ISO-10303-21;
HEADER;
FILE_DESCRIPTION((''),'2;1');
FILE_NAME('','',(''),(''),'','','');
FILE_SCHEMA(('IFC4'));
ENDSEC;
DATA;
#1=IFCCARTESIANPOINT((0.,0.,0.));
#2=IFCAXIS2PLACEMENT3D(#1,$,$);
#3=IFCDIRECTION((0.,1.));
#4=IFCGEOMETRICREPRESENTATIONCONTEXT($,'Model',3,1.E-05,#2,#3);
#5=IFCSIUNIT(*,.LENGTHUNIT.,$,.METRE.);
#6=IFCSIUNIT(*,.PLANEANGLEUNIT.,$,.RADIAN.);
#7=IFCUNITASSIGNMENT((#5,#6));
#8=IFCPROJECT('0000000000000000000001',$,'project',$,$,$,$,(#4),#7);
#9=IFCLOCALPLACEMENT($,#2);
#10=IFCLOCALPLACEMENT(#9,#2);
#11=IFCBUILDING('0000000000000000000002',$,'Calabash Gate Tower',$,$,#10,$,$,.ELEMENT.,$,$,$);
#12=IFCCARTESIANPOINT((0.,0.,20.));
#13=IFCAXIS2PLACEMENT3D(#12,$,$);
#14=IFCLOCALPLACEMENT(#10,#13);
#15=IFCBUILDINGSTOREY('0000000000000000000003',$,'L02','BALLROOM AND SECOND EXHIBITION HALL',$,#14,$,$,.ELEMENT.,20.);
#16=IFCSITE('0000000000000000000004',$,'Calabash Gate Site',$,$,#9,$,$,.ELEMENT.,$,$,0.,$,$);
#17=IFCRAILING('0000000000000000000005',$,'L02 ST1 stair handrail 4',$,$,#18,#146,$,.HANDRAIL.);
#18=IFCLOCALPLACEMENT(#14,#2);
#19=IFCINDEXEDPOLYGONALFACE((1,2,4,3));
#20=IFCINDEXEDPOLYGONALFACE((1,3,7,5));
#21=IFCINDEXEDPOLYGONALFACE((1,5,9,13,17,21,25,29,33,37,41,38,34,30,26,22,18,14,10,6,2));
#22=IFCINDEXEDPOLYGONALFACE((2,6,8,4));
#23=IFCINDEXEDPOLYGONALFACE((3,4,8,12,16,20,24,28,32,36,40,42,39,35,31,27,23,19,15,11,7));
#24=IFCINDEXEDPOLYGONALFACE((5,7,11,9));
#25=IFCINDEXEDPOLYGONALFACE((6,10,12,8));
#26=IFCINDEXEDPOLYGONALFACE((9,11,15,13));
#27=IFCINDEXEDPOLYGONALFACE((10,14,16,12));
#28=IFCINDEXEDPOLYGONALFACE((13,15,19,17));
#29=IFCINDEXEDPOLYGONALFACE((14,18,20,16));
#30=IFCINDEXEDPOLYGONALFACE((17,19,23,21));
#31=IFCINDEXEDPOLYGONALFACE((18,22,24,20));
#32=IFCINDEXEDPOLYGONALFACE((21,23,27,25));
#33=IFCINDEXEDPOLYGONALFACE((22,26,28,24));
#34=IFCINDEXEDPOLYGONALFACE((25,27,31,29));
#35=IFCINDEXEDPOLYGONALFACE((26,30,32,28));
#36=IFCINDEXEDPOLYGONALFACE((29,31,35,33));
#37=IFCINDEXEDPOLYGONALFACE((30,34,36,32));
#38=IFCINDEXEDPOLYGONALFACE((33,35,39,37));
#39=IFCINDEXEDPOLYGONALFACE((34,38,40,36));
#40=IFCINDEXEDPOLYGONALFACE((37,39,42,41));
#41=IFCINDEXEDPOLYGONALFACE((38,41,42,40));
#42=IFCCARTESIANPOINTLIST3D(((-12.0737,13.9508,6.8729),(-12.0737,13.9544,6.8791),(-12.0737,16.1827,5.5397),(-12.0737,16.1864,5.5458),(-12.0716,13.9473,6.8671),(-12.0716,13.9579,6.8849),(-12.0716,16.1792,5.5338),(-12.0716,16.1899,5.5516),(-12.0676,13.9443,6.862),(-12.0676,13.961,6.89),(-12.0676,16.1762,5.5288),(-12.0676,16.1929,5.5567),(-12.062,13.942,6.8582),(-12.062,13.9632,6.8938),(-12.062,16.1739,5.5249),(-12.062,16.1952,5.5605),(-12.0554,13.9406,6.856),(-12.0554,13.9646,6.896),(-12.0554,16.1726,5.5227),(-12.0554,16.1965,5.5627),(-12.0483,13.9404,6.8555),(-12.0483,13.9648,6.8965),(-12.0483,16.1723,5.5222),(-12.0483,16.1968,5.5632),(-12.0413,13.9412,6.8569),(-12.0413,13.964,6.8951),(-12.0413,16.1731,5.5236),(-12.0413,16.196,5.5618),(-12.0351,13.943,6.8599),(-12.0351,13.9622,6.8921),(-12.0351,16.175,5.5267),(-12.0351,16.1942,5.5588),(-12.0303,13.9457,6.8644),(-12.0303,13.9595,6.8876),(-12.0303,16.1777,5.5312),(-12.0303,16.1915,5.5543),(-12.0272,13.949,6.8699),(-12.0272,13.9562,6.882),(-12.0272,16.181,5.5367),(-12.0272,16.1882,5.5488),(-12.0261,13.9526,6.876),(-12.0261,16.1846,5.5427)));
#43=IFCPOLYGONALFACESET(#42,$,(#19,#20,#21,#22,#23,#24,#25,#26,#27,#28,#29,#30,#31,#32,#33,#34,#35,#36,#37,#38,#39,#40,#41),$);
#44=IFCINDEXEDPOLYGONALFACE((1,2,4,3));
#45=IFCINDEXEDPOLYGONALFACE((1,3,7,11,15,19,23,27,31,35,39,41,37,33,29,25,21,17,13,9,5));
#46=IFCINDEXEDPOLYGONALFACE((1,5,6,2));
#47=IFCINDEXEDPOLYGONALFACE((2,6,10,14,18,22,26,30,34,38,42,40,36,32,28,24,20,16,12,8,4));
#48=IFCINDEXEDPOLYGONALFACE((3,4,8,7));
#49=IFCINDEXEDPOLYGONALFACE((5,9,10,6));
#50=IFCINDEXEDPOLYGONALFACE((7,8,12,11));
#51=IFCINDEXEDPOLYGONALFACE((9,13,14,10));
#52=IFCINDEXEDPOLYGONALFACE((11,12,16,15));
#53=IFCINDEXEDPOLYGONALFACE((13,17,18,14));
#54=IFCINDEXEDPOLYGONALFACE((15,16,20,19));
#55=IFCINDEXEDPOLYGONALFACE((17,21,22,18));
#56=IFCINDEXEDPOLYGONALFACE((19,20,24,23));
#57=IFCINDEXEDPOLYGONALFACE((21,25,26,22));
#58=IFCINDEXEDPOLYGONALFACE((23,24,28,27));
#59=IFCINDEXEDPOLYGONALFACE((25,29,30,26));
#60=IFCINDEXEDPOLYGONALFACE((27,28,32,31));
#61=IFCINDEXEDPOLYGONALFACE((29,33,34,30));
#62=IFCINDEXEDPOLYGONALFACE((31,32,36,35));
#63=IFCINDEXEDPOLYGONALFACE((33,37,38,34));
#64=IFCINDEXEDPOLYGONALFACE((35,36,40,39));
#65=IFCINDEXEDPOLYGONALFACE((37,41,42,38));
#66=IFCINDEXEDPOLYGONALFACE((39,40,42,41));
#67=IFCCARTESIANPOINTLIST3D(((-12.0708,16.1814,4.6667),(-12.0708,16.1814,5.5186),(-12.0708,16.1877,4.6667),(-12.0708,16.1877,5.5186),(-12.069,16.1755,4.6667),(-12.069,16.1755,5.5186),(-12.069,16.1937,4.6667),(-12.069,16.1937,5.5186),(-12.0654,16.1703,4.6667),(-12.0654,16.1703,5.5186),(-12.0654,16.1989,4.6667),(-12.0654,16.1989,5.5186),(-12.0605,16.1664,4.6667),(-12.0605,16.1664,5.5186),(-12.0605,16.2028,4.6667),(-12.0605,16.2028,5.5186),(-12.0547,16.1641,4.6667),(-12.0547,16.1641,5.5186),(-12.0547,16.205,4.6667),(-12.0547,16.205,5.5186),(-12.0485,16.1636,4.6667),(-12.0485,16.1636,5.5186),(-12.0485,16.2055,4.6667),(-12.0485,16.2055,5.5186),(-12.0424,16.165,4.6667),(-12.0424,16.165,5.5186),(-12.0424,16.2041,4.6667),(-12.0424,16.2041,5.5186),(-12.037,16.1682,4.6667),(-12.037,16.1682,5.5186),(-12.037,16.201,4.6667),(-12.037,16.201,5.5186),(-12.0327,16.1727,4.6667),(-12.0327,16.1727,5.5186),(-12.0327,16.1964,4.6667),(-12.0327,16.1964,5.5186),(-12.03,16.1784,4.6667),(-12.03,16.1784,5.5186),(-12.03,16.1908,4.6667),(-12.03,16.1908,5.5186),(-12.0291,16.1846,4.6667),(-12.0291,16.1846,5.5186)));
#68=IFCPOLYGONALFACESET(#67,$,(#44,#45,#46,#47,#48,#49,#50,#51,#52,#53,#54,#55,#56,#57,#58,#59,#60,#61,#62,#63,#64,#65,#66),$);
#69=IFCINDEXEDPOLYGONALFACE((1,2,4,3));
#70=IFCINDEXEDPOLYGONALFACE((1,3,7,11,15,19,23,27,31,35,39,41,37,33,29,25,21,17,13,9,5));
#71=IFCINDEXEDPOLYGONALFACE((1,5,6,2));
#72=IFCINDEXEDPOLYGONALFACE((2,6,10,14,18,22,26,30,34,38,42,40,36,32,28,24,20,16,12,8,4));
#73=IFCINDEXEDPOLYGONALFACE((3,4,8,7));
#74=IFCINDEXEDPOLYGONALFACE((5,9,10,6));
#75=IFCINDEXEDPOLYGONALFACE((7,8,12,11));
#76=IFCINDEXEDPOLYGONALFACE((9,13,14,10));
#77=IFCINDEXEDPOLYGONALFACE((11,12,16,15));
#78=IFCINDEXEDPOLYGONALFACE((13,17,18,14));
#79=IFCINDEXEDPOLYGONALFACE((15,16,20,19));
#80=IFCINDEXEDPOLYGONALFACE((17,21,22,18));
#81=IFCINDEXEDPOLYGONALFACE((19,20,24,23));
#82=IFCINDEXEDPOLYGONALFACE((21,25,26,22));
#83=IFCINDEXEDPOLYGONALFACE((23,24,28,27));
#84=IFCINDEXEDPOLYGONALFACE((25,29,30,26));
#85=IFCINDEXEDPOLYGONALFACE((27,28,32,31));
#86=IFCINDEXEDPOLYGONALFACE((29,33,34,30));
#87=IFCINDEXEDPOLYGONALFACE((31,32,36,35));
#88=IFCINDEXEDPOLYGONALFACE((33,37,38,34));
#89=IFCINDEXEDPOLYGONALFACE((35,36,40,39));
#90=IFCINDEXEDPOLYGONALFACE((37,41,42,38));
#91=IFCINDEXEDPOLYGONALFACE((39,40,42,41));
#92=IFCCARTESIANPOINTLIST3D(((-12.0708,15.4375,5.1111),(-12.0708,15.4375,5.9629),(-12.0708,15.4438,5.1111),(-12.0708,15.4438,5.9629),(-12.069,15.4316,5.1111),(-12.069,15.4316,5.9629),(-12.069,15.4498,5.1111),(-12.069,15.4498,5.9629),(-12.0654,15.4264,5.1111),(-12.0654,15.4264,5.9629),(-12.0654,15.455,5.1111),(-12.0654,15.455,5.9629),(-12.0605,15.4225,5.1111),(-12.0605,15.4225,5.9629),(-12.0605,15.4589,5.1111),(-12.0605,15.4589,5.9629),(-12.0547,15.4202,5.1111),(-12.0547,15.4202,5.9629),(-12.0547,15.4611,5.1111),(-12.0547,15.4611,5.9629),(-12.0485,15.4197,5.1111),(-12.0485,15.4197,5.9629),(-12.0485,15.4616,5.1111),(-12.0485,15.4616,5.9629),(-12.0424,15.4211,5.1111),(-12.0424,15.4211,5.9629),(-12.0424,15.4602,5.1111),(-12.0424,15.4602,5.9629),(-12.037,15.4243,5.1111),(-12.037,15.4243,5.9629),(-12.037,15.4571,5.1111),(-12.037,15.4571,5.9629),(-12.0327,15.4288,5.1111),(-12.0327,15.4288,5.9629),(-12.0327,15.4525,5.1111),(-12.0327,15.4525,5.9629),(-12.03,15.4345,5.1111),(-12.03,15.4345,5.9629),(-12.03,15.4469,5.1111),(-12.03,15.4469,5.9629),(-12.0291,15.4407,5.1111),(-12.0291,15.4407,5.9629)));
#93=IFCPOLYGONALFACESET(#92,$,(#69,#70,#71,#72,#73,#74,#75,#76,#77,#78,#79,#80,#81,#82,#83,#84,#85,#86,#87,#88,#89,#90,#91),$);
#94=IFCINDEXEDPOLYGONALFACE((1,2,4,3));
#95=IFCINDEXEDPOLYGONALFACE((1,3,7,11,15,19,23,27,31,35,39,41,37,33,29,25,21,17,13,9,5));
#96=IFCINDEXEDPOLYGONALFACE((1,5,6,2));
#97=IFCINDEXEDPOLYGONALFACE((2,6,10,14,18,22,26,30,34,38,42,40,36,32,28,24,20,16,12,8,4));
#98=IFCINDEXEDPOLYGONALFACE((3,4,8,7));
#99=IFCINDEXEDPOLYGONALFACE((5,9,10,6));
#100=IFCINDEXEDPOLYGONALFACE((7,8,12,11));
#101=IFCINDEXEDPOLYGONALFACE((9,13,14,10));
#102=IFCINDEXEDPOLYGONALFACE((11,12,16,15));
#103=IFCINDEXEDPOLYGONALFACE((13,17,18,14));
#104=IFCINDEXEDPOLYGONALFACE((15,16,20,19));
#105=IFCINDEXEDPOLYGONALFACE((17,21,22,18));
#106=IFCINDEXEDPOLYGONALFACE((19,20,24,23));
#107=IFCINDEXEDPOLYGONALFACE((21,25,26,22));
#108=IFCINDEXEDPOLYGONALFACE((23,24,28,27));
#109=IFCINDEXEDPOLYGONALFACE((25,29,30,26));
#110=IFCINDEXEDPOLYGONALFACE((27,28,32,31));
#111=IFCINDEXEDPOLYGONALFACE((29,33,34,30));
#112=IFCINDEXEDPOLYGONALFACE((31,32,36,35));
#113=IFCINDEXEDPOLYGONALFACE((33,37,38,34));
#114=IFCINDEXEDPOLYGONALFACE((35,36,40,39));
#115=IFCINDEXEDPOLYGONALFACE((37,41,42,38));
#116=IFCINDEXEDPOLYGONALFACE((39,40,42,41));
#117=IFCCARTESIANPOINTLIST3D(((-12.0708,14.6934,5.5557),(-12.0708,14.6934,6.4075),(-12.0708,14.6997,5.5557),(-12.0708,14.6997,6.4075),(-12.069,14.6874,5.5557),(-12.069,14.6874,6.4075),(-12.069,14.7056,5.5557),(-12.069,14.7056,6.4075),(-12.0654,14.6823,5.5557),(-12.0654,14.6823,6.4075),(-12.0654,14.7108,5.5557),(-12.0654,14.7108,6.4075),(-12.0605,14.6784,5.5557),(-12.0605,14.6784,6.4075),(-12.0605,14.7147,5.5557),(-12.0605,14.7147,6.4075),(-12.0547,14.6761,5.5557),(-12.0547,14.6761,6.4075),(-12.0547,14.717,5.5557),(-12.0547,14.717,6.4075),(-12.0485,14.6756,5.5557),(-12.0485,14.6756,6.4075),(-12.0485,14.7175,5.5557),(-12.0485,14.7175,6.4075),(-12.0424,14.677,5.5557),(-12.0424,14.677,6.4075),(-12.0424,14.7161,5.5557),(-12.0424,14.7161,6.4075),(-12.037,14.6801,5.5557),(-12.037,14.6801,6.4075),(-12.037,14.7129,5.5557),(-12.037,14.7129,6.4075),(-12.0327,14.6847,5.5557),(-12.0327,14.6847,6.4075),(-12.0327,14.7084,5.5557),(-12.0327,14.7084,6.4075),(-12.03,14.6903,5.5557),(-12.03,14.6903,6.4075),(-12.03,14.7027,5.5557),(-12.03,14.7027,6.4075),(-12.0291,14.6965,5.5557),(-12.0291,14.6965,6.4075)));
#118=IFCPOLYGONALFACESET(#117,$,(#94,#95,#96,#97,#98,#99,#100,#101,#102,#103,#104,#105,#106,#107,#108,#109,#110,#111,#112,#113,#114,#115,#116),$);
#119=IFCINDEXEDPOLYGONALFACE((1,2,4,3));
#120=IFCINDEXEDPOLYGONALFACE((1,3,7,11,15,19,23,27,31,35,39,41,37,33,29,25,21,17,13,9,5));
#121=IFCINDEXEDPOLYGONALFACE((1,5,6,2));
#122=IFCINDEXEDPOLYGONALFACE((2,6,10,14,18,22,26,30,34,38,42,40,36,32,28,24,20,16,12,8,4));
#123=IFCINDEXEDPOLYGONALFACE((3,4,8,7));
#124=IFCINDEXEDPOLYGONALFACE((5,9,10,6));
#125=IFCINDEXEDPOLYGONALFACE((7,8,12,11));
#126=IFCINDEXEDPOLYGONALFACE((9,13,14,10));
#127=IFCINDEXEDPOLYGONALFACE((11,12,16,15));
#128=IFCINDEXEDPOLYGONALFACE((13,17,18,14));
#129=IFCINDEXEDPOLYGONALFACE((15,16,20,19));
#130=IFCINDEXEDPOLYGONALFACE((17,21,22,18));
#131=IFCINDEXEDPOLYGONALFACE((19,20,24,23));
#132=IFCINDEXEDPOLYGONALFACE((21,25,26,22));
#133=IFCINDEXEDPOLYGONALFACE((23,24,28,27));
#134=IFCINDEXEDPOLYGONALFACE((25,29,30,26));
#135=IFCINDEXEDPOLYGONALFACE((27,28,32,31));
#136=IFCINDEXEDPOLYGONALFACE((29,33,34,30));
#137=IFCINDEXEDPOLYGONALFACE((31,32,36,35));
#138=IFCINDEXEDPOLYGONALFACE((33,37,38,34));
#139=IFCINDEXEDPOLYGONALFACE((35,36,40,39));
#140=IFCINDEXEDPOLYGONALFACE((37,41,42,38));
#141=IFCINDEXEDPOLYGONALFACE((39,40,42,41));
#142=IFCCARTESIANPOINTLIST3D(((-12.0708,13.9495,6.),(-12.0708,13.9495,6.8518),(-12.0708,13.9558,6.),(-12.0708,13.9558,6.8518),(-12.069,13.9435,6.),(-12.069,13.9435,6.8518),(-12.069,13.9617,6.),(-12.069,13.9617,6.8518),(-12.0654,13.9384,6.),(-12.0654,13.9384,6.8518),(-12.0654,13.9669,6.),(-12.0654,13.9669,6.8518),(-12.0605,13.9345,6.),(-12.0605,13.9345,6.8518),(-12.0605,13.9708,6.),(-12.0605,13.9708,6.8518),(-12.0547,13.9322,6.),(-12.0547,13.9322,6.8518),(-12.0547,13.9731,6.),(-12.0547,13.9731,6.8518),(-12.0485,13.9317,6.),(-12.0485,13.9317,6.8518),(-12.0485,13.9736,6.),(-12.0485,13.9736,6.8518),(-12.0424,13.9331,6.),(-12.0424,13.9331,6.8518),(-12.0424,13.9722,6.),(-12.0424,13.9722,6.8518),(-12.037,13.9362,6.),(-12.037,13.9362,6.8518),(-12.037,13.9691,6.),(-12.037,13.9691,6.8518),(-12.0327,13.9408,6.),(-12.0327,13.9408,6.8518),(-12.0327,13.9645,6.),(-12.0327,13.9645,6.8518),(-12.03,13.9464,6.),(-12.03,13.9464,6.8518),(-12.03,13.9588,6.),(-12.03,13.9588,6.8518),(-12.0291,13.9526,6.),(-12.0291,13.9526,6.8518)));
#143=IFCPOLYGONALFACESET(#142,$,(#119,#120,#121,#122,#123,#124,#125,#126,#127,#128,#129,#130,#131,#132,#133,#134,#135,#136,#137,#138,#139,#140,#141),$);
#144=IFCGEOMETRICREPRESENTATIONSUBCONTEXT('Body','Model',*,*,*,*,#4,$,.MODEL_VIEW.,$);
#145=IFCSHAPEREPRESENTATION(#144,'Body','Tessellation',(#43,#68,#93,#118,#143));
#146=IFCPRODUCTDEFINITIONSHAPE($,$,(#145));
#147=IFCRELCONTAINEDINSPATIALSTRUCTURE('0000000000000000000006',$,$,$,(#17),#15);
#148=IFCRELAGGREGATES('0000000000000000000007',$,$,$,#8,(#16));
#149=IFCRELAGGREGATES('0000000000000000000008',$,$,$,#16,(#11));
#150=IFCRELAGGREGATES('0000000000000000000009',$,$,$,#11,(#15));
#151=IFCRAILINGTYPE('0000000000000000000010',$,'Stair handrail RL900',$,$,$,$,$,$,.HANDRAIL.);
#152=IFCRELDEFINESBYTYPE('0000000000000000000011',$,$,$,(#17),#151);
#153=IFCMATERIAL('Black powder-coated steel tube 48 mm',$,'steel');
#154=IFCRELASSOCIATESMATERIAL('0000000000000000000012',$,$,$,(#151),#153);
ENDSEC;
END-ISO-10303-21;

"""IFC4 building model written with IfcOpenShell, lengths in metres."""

from ifc_helpers import new_model, si_unit, direction, frame, origin, origin_2d, place, context, subcontext, project, spatial, circle, extrude, material, type_object, element, save


model = new_model("IFC4")

# Units and contexts
model_context = context("Model", 3, precision=1e-05, world=origin(), true_north=direction((0.0, 1.0)))
body_context = subcontext(model_context, "Body", "Model", "MODEL_VIEW")
ifc_project = project(units=[si_unit("LENGTHUNIT", "METRE"), si_unit("PLANEANGLEUNIT", "RADIAN")], contexts=[model_context])

# Site, building, storey
site_placement = place(None, origin())
site = spatial("IfcSite", under=ifc_project, at=site_placement, Name="Calabash Gate Site", CompositionType="ELEMENT", RefElevation=0.0)
building_placement = place(site_placement, origin())
building = spatial("IfcBuilding", under=site, at=building_placement, Name="Calabash Gate Tower", CompositionType="ELEMENT")
storey_placement = place(building_placement, frame((0.0, 0.0, 20.0)))
storey = spatial("IfcBuildingStorey", under=building, at=storey_placement, Name="L02", Description="BALLROOM AND SECOND EXHIBITION HALL", CompositionType="ELEMENT", Elevation=20.0)

# Railing
ifc_material_1 = material(Name="Black powder-coated steel tube 48 mm", Category="steel")
railing_type_1 = type_object("IfcRailingType", Name="Stair handrail RL900", PredefinedType="HANDRAIL", material=ifc_material_1)
railing_1_placement = place(storey_placement, frame((-12.05, 16.1846, 4.6667)))
element("IfcRailing", 1, at=railing_1_placement, inside=storey, type_object=railing_type_1, Name="L02 ST1 stair handrail 4", PredefinedType="HANDRAIL", context=body_context, shape_type="SweptSolid", body=[
    extrude(circle(Radius=0.0239, at=origin_2d()), frame((0.0, 0.0, 0.876), z_axis=(0.0, -0.858494, 0.512824), x_axis=(1.0, 0.0, 0.0)), (0.0, 0.0, 1.0), 2.5999),
    extrude(circle(Radius=0.021, at=origin_2d()), origin(), (0.0, 0.0, 1.0), 0.8518),
    extrude(circle(Radius=0.021, at=origin_2d()), frame((0.0, -0.7439, 0.4443)), (0.0, 0.0, 1.0), 0.8518),
    extrude(circle(Radius=0.021, at=origin_2d()), frame((0.0, -1.488, 0.8889)), (0.0, 0.0, 1.0), 0.8518),
    extrude(circle(Radius=0.021, at=origin_2d()), frame((0.0, -2.2319, 1.3333)), (0.0, 0.0, 1.0), 0.8518),
])

save(model, "model.ifc")
